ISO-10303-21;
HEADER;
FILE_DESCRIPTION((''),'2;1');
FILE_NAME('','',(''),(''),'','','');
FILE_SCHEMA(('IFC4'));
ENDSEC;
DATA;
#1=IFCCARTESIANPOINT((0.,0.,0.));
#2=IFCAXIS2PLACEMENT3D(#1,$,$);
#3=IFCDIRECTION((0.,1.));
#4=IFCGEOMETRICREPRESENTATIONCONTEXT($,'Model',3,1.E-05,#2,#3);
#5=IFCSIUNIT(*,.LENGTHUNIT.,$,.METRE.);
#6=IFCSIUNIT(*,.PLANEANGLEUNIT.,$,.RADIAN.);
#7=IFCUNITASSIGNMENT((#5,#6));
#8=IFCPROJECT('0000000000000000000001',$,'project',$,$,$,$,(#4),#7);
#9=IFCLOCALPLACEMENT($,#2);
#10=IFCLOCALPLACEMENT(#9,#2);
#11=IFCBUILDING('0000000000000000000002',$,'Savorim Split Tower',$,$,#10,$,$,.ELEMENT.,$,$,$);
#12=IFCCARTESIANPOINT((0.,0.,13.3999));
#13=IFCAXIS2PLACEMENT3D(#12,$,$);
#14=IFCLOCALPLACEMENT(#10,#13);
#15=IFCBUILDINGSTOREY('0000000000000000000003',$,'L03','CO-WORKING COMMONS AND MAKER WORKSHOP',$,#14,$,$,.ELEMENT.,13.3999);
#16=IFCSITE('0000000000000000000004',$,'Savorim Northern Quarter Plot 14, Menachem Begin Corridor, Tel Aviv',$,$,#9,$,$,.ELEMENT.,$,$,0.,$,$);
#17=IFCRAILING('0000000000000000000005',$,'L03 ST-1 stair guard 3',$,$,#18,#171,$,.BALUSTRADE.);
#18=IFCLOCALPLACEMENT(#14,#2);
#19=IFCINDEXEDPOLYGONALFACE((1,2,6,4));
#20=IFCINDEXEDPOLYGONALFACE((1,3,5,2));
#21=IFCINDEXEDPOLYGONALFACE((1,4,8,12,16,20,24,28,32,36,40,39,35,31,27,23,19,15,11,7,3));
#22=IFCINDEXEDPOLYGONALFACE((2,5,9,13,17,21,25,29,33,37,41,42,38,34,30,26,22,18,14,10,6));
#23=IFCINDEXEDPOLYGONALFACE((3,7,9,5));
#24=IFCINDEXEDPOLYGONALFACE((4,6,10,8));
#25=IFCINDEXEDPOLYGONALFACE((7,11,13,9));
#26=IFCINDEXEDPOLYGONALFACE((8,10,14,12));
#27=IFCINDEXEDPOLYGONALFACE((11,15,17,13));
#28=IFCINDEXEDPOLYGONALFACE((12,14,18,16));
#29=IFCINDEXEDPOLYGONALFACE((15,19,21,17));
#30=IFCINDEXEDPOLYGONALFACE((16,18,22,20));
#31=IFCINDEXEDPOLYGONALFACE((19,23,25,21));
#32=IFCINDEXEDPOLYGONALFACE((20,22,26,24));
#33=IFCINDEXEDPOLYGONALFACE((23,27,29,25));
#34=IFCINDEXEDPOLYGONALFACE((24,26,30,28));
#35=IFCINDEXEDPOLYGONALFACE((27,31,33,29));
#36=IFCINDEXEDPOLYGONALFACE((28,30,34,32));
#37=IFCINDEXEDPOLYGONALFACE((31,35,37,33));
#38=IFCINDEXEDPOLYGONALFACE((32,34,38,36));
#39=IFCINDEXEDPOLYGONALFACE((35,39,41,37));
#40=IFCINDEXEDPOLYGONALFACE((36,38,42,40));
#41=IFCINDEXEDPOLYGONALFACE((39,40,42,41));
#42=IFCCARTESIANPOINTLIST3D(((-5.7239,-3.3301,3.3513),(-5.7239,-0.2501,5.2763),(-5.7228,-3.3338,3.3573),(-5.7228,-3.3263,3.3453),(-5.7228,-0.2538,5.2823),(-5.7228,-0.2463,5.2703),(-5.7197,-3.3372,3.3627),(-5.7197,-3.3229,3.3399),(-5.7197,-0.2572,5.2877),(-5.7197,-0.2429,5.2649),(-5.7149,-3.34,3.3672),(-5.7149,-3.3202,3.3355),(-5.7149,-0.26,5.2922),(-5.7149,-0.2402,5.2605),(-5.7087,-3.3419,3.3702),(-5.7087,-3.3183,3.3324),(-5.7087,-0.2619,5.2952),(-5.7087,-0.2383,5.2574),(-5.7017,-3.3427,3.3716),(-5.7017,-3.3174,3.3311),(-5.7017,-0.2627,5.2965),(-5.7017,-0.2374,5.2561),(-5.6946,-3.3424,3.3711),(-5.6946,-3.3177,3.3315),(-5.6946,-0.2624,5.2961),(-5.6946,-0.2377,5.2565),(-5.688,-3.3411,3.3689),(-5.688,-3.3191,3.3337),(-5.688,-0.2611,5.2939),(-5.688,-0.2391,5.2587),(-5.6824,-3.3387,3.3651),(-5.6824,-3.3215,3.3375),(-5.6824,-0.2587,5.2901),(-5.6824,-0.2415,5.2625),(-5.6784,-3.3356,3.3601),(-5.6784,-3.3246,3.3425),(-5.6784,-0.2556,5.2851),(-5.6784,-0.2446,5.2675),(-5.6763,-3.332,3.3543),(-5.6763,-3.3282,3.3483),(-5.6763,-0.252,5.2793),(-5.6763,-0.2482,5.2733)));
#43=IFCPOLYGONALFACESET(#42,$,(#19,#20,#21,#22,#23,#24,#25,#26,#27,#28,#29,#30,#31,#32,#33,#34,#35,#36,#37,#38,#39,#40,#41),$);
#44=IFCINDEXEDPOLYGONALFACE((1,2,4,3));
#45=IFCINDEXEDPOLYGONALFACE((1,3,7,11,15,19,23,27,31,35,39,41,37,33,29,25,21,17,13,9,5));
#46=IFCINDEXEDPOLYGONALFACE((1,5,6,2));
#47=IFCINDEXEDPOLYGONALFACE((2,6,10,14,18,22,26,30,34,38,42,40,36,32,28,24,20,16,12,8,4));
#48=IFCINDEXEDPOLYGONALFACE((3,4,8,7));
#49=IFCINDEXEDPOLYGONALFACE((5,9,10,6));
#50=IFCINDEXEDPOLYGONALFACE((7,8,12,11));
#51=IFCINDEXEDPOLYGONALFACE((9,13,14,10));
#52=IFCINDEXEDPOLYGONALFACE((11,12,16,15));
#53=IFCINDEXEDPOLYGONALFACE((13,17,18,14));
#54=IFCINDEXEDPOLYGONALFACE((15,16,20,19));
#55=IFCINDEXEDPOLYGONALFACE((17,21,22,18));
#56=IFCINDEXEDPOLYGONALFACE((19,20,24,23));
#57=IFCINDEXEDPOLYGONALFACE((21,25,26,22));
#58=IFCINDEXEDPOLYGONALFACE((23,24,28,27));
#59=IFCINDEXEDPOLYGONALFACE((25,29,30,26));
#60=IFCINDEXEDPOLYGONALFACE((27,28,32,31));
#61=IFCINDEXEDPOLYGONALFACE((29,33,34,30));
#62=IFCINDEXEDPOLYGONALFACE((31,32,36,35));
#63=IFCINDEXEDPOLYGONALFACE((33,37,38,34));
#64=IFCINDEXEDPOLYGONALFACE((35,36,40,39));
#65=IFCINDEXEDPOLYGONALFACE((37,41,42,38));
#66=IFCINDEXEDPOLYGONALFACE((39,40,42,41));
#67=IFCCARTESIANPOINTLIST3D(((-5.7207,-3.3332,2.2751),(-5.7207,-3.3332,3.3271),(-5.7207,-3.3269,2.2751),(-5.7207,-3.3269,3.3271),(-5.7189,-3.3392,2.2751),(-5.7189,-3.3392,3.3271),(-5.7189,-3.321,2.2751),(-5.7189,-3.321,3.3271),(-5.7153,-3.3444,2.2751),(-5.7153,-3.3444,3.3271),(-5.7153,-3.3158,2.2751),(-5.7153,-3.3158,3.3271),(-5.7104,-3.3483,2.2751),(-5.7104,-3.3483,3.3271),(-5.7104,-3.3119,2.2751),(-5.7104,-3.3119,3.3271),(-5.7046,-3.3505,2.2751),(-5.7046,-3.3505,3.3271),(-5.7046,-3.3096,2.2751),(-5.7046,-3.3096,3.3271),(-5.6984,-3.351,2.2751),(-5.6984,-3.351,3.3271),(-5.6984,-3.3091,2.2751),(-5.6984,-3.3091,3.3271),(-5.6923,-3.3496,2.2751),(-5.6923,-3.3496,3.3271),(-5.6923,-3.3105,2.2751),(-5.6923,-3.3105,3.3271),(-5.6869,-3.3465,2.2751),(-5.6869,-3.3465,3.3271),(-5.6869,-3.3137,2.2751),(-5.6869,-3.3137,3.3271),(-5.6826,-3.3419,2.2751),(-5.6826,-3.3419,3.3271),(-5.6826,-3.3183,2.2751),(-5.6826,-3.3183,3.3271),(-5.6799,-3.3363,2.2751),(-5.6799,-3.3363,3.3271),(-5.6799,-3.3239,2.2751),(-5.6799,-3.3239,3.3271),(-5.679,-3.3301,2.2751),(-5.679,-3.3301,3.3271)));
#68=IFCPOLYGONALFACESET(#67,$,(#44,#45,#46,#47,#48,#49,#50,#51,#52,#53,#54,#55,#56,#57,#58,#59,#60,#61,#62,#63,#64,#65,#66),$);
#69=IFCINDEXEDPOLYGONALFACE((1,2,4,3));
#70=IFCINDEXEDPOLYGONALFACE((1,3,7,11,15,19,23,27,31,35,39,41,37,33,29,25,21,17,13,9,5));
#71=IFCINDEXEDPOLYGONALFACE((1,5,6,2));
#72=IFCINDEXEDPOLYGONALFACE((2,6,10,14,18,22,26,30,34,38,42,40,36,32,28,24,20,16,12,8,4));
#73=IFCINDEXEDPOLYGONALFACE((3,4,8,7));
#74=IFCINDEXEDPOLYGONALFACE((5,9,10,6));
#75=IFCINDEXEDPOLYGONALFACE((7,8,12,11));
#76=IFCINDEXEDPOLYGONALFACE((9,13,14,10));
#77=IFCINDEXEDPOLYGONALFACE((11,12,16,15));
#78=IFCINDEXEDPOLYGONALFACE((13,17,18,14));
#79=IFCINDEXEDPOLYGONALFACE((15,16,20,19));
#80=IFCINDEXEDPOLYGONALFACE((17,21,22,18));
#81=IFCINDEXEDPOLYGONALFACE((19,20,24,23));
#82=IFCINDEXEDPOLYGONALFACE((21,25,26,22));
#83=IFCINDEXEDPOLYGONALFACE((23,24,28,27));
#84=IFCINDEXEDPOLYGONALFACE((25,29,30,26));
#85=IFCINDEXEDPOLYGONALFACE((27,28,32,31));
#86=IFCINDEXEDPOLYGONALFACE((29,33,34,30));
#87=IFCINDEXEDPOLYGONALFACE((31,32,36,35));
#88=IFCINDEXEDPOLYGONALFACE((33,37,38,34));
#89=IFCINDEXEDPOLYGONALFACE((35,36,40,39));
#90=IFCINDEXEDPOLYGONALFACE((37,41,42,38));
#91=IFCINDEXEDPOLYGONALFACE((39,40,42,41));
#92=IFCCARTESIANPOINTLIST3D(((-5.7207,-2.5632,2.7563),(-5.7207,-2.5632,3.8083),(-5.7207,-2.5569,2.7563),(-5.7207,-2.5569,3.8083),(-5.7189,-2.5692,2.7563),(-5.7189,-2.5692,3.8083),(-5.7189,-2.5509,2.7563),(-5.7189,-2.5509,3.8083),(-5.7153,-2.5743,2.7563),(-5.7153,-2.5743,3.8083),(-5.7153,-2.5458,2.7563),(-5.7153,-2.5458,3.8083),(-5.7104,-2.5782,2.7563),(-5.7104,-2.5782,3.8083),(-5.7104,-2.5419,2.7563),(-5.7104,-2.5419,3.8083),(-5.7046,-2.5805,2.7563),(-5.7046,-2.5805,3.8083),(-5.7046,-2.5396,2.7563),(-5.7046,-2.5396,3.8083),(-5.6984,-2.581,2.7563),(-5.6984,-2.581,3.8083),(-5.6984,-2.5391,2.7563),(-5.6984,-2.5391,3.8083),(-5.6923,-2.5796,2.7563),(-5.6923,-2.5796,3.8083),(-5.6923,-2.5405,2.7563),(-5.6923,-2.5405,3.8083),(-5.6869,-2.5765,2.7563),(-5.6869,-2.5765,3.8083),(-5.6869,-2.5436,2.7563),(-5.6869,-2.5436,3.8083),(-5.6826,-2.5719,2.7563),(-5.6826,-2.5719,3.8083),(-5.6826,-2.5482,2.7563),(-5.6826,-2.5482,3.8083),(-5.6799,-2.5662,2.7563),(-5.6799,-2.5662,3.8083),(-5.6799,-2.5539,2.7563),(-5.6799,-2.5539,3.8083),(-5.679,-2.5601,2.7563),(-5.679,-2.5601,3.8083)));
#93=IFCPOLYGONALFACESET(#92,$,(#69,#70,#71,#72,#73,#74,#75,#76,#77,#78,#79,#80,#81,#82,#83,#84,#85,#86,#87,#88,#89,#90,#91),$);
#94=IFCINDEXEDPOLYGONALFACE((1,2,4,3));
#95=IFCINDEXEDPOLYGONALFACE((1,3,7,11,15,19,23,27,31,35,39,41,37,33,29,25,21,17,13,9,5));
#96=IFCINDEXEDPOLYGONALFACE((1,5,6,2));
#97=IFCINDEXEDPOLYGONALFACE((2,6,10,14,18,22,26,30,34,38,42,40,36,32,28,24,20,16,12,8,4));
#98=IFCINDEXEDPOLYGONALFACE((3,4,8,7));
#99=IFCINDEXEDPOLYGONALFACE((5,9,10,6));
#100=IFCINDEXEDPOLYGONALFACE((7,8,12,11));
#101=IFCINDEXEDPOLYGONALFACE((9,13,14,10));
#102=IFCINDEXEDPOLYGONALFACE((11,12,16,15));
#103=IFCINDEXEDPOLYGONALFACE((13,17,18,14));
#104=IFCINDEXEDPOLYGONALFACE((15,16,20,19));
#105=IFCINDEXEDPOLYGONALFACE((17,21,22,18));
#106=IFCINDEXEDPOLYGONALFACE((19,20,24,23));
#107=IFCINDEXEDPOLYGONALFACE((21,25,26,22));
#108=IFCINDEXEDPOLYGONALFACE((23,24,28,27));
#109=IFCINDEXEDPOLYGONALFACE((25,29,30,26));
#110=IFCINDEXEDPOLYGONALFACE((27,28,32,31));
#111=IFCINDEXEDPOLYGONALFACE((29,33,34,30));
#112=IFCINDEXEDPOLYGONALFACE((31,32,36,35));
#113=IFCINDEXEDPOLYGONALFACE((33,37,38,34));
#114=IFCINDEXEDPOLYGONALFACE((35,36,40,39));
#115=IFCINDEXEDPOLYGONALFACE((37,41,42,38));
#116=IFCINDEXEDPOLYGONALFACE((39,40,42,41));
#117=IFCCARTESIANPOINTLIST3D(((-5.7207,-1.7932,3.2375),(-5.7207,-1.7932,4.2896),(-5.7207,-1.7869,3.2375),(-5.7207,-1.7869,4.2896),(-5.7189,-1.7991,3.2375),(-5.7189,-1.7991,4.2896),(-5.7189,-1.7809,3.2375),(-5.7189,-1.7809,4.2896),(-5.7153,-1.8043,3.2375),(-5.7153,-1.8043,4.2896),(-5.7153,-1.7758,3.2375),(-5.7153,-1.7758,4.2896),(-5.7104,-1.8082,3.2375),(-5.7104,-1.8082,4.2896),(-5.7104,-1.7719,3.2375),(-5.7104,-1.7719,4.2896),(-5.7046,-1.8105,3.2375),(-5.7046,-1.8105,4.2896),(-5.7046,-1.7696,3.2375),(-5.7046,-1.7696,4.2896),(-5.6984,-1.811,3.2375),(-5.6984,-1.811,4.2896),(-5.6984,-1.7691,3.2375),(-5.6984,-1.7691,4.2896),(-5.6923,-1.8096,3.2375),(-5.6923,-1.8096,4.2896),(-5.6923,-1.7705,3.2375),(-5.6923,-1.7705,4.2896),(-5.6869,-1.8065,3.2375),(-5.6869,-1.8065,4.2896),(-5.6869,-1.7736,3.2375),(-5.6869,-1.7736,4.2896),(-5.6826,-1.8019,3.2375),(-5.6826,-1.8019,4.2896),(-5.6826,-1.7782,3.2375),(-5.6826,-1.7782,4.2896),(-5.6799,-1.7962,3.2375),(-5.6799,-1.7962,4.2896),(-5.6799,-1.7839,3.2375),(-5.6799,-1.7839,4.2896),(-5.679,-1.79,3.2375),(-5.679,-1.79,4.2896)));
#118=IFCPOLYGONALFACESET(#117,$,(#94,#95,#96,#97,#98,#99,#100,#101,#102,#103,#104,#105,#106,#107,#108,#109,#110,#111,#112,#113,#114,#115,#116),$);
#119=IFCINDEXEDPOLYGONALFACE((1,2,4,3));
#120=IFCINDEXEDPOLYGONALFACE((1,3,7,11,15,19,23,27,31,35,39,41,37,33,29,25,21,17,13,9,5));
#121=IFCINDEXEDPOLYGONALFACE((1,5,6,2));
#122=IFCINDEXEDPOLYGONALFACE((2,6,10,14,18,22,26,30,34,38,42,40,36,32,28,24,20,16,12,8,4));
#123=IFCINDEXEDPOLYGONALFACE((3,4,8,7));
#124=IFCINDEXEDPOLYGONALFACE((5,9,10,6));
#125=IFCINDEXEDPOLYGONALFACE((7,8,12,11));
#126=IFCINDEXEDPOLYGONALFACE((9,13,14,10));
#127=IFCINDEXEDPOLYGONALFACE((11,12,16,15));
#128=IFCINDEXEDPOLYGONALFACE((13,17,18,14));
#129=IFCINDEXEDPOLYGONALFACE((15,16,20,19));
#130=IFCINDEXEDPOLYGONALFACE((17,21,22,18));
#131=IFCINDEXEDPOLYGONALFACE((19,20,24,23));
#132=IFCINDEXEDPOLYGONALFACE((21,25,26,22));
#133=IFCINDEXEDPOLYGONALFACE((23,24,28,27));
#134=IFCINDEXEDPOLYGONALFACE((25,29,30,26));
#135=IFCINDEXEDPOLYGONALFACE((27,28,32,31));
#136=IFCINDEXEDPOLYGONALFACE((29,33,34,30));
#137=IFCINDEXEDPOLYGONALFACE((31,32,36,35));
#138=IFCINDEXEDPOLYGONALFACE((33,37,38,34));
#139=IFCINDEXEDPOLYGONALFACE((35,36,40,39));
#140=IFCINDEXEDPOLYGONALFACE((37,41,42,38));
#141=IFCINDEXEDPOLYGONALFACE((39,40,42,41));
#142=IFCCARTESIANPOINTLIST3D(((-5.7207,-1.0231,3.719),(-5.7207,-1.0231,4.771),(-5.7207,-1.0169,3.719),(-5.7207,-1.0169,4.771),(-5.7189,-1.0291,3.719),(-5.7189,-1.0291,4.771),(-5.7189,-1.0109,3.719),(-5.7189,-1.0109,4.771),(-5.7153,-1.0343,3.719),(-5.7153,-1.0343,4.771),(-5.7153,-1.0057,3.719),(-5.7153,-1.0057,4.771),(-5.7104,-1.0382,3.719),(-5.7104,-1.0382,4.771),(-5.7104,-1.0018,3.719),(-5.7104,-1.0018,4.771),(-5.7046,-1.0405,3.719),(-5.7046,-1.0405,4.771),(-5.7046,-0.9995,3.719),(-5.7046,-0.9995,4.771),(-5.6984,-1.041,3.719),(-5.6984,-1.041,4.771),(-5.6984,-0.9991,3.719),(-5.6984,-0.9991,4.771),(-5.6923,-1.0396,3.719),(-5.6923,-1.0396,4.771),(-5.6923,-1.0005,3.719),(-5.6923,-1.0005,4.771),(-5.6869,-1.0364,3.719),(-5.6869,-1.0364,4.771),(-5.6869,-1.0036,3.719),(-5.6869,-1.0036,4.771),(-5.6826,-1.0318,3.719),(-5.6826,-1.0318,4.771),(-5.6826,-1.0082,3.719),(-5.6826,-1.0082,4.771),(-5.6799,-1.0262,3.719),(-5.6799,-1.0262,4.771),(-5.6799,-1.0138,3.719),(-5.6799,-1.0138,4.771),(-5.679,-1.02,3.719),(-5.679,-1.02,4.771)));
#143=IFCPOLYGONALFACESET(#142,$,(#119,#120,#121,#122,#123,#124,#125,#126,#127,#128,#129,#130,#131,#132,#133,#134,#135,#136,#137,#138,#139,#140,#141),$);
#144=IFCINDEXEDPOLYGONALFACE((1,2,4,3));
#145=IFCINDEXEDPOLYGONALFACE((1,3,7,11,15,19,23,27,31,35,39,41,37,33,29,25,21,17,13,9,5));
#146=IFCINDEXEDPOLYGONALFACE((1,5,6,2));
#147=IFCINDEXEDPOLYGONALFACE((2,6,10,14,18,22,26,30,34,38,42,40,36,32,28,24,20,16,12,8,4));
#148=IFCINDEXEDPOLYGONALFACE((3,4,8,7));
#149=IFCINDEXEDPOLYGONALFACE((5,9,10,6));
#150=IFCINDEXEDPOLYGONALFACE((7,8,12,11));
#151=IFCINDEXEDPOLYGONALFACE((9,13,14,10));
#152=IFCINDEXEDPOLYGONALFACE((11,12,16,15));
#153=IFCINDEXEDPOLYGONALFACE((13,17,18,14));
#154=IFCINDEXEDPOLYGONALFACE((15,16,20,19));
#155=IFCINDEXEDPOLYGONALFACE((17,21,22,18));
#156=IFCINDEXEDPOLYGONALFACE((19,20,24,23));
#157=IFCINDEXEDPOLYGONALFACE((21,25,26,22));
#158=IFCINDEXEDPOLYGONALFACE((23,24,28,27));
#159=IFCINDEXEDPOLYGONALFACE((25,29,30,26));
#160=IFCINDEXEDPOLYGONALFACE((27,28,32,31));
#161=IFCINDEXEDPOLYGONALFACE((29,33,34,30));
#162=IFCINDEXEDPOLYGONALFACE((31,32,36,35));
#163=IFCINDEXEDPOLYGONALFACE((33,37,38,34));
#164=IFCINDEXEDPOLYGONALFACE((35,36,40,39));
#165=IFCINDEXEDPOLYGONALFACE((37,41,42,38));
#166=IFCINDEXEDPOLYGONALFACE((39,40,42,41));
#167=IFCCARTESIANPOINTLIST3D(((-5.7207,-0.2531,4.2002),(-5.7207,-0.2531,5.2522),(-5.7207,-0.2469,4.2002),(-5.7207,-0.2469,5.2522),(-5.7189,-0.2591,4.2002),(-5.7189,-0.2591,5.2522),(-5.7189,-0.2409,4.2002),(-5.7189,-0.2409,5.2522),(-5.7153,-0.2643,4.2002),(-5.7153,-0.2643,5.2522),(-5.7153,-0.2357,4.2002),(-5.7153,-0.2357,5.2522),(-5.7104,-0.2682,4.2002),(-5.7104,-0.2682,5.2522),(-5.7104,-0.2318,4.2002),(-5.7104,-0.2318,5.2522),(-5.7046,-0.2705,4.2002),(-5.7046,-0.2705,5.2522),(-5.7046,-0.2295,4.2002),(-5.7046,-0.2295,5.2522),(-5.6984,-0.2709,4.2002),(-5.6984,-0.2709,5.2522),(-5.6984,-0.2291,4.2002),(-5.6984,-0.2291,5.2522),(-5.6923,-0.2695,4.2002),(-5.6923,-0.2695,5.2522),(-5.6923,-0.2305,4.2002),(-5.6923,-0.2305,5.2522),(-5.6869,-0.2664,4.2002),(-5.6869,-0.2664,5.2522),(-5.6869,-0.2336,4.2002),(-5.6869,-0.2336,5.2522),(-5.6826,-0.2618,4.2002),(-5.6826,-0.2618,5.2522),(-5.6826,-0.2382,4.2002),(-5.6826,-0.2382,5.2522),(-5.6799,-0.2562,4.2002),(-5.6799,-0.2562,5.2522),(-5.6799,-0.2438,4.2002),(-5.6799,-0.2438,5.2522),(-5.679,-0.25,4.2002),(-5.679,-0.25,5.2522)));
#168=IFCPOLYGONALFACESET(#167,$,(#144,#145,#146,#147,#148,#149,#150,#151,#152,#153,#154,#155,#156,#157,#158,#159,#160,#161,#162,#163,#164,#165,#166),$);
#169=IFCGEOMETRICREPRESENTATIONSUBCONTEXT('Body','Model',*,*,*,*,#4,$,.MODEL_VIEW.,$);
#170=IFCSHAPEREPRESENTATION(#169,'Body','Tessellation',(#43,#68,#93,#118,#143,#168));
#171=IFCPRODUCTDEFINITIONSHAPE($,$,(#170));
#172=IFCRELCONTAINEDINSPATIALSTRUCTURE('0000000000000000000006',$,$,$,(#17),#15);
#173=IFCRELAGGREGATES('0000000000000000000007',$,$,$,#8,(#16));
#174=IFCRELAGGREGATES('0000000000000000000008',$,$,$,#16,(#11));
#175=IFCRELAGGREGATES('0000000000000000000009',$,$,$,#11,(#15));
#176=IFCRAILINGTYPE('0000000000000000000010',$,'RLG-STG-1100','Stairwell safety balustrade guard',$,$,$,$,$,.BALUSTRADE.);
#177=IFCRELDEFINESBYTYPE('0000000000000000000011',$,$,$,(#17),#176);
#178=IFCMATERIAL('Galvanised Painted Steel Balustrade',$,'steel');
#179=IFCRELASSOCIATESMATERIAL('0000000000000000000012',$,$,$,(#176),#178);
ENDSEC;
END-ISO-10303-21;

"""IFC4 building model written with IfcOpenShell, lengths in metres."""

from ifc_helpers import new_model, si_unit, direction, frame, origin, origin_2d, place, context, subcontext, project, spatial, circle, extrude, material, type_object, element, save


model = new_model("IFC4")

# Units and contexts
model_context = context("Model", 3, precision=1e-05, world=origin(), true_north=direction((0.0, 1.0)))
body_context = subcontext(model_context, "Body", "Model", "MODEL_VIEW")
ifc_project = project(units=[si_unit("LENGTHUNIT", "METRE"), si_unit("PLANEANGLEUNIT", "RADIAN")], contexts=[model_context])

# Site, building, storey
site_placement = place(None, origin())
site = spatial("IfcSite", under=ifc_project, at=site_placement, Name="Savorim Northern Quarter Plot 14, Menachem Begin Corridor, Tel Aviv", CompositionType="ELEMENT", RefElevation=0.0)
building_placement = place(site_placement, origin())
building = spatial("IfcBuilding", under=site, at=building_placement, Name="Savorim Split Tower", CompositionType="ELEMENT")
storey_placement = place(building_placement, frame((0.0, 0.0, 13.3999)))
storey = spatial("IfcBuildingStorey", under=building, at=storey_placement, Name="L03", Description="CO-WORKING COMMONS AND MAKER WORKSHOP", CompositionType="ELEMENT", Elevation=13.3999)

# Railing
ifc_material_1 = material(Name="Galvanised Painted Steel Balustrade", Category="steel")
railing_type_1 = type_object("IfcRailingType", Name="RLG-STG-1100", Description="Stairwell safety balustrade guard", PredefinedType="BALUSTRADE", material=ifc_material_1)
railing_1_placement = place(storey_placement, frame((-5.7, -3.3301, 2.2751)))
element("IfcRailing", 1, at=railing_1_placement, inside=storey, type_object=railing_type_1, Name="L03 ST-1 stair guard 3", PredefinedType="BALUSTRADE", context=body_context, shape_type="SweptSolid", body=[
    extrude(circle(Radius=0.0239, at=origin_2d()), frame((0.0, 0.0, 1.0762), z_axis=(0.0, 0.847998, 0.529999), x_axis=(-1.0, 0.0, 0.0)), (0.0, 0.0, 1.0), 3.6321),
    extrude(circle(Radius=0.021, at=origin_2d()), origin(), (0.0, 0.0, 1.0), 1.052),
    extrude(circle(Radius=0.021, at=origin_2d()), frame((0.0, 0.77, 0.4812)), (0.0, 0.0, 1.0), 1.052),
    extrude(circle(Radius=0.021, at=origin_2d()), frame((0.0, 1.54, 0.9624)), (0.0, 0.0, 1.0), 1.052),
    extrude(circle(Radius=0.021, at=origin_2d()), frame((0.0, 2.3101, 1.4438)), (0.0, 0.0, 1.0), 1.052),
    extrude(circle(Radius=0.021, at=origin_2d()), frame((0.0, 3.0801, 1.925)), (0.0, 0.0, 1.0), 1.052),
])

save(model, "model.ifc")
